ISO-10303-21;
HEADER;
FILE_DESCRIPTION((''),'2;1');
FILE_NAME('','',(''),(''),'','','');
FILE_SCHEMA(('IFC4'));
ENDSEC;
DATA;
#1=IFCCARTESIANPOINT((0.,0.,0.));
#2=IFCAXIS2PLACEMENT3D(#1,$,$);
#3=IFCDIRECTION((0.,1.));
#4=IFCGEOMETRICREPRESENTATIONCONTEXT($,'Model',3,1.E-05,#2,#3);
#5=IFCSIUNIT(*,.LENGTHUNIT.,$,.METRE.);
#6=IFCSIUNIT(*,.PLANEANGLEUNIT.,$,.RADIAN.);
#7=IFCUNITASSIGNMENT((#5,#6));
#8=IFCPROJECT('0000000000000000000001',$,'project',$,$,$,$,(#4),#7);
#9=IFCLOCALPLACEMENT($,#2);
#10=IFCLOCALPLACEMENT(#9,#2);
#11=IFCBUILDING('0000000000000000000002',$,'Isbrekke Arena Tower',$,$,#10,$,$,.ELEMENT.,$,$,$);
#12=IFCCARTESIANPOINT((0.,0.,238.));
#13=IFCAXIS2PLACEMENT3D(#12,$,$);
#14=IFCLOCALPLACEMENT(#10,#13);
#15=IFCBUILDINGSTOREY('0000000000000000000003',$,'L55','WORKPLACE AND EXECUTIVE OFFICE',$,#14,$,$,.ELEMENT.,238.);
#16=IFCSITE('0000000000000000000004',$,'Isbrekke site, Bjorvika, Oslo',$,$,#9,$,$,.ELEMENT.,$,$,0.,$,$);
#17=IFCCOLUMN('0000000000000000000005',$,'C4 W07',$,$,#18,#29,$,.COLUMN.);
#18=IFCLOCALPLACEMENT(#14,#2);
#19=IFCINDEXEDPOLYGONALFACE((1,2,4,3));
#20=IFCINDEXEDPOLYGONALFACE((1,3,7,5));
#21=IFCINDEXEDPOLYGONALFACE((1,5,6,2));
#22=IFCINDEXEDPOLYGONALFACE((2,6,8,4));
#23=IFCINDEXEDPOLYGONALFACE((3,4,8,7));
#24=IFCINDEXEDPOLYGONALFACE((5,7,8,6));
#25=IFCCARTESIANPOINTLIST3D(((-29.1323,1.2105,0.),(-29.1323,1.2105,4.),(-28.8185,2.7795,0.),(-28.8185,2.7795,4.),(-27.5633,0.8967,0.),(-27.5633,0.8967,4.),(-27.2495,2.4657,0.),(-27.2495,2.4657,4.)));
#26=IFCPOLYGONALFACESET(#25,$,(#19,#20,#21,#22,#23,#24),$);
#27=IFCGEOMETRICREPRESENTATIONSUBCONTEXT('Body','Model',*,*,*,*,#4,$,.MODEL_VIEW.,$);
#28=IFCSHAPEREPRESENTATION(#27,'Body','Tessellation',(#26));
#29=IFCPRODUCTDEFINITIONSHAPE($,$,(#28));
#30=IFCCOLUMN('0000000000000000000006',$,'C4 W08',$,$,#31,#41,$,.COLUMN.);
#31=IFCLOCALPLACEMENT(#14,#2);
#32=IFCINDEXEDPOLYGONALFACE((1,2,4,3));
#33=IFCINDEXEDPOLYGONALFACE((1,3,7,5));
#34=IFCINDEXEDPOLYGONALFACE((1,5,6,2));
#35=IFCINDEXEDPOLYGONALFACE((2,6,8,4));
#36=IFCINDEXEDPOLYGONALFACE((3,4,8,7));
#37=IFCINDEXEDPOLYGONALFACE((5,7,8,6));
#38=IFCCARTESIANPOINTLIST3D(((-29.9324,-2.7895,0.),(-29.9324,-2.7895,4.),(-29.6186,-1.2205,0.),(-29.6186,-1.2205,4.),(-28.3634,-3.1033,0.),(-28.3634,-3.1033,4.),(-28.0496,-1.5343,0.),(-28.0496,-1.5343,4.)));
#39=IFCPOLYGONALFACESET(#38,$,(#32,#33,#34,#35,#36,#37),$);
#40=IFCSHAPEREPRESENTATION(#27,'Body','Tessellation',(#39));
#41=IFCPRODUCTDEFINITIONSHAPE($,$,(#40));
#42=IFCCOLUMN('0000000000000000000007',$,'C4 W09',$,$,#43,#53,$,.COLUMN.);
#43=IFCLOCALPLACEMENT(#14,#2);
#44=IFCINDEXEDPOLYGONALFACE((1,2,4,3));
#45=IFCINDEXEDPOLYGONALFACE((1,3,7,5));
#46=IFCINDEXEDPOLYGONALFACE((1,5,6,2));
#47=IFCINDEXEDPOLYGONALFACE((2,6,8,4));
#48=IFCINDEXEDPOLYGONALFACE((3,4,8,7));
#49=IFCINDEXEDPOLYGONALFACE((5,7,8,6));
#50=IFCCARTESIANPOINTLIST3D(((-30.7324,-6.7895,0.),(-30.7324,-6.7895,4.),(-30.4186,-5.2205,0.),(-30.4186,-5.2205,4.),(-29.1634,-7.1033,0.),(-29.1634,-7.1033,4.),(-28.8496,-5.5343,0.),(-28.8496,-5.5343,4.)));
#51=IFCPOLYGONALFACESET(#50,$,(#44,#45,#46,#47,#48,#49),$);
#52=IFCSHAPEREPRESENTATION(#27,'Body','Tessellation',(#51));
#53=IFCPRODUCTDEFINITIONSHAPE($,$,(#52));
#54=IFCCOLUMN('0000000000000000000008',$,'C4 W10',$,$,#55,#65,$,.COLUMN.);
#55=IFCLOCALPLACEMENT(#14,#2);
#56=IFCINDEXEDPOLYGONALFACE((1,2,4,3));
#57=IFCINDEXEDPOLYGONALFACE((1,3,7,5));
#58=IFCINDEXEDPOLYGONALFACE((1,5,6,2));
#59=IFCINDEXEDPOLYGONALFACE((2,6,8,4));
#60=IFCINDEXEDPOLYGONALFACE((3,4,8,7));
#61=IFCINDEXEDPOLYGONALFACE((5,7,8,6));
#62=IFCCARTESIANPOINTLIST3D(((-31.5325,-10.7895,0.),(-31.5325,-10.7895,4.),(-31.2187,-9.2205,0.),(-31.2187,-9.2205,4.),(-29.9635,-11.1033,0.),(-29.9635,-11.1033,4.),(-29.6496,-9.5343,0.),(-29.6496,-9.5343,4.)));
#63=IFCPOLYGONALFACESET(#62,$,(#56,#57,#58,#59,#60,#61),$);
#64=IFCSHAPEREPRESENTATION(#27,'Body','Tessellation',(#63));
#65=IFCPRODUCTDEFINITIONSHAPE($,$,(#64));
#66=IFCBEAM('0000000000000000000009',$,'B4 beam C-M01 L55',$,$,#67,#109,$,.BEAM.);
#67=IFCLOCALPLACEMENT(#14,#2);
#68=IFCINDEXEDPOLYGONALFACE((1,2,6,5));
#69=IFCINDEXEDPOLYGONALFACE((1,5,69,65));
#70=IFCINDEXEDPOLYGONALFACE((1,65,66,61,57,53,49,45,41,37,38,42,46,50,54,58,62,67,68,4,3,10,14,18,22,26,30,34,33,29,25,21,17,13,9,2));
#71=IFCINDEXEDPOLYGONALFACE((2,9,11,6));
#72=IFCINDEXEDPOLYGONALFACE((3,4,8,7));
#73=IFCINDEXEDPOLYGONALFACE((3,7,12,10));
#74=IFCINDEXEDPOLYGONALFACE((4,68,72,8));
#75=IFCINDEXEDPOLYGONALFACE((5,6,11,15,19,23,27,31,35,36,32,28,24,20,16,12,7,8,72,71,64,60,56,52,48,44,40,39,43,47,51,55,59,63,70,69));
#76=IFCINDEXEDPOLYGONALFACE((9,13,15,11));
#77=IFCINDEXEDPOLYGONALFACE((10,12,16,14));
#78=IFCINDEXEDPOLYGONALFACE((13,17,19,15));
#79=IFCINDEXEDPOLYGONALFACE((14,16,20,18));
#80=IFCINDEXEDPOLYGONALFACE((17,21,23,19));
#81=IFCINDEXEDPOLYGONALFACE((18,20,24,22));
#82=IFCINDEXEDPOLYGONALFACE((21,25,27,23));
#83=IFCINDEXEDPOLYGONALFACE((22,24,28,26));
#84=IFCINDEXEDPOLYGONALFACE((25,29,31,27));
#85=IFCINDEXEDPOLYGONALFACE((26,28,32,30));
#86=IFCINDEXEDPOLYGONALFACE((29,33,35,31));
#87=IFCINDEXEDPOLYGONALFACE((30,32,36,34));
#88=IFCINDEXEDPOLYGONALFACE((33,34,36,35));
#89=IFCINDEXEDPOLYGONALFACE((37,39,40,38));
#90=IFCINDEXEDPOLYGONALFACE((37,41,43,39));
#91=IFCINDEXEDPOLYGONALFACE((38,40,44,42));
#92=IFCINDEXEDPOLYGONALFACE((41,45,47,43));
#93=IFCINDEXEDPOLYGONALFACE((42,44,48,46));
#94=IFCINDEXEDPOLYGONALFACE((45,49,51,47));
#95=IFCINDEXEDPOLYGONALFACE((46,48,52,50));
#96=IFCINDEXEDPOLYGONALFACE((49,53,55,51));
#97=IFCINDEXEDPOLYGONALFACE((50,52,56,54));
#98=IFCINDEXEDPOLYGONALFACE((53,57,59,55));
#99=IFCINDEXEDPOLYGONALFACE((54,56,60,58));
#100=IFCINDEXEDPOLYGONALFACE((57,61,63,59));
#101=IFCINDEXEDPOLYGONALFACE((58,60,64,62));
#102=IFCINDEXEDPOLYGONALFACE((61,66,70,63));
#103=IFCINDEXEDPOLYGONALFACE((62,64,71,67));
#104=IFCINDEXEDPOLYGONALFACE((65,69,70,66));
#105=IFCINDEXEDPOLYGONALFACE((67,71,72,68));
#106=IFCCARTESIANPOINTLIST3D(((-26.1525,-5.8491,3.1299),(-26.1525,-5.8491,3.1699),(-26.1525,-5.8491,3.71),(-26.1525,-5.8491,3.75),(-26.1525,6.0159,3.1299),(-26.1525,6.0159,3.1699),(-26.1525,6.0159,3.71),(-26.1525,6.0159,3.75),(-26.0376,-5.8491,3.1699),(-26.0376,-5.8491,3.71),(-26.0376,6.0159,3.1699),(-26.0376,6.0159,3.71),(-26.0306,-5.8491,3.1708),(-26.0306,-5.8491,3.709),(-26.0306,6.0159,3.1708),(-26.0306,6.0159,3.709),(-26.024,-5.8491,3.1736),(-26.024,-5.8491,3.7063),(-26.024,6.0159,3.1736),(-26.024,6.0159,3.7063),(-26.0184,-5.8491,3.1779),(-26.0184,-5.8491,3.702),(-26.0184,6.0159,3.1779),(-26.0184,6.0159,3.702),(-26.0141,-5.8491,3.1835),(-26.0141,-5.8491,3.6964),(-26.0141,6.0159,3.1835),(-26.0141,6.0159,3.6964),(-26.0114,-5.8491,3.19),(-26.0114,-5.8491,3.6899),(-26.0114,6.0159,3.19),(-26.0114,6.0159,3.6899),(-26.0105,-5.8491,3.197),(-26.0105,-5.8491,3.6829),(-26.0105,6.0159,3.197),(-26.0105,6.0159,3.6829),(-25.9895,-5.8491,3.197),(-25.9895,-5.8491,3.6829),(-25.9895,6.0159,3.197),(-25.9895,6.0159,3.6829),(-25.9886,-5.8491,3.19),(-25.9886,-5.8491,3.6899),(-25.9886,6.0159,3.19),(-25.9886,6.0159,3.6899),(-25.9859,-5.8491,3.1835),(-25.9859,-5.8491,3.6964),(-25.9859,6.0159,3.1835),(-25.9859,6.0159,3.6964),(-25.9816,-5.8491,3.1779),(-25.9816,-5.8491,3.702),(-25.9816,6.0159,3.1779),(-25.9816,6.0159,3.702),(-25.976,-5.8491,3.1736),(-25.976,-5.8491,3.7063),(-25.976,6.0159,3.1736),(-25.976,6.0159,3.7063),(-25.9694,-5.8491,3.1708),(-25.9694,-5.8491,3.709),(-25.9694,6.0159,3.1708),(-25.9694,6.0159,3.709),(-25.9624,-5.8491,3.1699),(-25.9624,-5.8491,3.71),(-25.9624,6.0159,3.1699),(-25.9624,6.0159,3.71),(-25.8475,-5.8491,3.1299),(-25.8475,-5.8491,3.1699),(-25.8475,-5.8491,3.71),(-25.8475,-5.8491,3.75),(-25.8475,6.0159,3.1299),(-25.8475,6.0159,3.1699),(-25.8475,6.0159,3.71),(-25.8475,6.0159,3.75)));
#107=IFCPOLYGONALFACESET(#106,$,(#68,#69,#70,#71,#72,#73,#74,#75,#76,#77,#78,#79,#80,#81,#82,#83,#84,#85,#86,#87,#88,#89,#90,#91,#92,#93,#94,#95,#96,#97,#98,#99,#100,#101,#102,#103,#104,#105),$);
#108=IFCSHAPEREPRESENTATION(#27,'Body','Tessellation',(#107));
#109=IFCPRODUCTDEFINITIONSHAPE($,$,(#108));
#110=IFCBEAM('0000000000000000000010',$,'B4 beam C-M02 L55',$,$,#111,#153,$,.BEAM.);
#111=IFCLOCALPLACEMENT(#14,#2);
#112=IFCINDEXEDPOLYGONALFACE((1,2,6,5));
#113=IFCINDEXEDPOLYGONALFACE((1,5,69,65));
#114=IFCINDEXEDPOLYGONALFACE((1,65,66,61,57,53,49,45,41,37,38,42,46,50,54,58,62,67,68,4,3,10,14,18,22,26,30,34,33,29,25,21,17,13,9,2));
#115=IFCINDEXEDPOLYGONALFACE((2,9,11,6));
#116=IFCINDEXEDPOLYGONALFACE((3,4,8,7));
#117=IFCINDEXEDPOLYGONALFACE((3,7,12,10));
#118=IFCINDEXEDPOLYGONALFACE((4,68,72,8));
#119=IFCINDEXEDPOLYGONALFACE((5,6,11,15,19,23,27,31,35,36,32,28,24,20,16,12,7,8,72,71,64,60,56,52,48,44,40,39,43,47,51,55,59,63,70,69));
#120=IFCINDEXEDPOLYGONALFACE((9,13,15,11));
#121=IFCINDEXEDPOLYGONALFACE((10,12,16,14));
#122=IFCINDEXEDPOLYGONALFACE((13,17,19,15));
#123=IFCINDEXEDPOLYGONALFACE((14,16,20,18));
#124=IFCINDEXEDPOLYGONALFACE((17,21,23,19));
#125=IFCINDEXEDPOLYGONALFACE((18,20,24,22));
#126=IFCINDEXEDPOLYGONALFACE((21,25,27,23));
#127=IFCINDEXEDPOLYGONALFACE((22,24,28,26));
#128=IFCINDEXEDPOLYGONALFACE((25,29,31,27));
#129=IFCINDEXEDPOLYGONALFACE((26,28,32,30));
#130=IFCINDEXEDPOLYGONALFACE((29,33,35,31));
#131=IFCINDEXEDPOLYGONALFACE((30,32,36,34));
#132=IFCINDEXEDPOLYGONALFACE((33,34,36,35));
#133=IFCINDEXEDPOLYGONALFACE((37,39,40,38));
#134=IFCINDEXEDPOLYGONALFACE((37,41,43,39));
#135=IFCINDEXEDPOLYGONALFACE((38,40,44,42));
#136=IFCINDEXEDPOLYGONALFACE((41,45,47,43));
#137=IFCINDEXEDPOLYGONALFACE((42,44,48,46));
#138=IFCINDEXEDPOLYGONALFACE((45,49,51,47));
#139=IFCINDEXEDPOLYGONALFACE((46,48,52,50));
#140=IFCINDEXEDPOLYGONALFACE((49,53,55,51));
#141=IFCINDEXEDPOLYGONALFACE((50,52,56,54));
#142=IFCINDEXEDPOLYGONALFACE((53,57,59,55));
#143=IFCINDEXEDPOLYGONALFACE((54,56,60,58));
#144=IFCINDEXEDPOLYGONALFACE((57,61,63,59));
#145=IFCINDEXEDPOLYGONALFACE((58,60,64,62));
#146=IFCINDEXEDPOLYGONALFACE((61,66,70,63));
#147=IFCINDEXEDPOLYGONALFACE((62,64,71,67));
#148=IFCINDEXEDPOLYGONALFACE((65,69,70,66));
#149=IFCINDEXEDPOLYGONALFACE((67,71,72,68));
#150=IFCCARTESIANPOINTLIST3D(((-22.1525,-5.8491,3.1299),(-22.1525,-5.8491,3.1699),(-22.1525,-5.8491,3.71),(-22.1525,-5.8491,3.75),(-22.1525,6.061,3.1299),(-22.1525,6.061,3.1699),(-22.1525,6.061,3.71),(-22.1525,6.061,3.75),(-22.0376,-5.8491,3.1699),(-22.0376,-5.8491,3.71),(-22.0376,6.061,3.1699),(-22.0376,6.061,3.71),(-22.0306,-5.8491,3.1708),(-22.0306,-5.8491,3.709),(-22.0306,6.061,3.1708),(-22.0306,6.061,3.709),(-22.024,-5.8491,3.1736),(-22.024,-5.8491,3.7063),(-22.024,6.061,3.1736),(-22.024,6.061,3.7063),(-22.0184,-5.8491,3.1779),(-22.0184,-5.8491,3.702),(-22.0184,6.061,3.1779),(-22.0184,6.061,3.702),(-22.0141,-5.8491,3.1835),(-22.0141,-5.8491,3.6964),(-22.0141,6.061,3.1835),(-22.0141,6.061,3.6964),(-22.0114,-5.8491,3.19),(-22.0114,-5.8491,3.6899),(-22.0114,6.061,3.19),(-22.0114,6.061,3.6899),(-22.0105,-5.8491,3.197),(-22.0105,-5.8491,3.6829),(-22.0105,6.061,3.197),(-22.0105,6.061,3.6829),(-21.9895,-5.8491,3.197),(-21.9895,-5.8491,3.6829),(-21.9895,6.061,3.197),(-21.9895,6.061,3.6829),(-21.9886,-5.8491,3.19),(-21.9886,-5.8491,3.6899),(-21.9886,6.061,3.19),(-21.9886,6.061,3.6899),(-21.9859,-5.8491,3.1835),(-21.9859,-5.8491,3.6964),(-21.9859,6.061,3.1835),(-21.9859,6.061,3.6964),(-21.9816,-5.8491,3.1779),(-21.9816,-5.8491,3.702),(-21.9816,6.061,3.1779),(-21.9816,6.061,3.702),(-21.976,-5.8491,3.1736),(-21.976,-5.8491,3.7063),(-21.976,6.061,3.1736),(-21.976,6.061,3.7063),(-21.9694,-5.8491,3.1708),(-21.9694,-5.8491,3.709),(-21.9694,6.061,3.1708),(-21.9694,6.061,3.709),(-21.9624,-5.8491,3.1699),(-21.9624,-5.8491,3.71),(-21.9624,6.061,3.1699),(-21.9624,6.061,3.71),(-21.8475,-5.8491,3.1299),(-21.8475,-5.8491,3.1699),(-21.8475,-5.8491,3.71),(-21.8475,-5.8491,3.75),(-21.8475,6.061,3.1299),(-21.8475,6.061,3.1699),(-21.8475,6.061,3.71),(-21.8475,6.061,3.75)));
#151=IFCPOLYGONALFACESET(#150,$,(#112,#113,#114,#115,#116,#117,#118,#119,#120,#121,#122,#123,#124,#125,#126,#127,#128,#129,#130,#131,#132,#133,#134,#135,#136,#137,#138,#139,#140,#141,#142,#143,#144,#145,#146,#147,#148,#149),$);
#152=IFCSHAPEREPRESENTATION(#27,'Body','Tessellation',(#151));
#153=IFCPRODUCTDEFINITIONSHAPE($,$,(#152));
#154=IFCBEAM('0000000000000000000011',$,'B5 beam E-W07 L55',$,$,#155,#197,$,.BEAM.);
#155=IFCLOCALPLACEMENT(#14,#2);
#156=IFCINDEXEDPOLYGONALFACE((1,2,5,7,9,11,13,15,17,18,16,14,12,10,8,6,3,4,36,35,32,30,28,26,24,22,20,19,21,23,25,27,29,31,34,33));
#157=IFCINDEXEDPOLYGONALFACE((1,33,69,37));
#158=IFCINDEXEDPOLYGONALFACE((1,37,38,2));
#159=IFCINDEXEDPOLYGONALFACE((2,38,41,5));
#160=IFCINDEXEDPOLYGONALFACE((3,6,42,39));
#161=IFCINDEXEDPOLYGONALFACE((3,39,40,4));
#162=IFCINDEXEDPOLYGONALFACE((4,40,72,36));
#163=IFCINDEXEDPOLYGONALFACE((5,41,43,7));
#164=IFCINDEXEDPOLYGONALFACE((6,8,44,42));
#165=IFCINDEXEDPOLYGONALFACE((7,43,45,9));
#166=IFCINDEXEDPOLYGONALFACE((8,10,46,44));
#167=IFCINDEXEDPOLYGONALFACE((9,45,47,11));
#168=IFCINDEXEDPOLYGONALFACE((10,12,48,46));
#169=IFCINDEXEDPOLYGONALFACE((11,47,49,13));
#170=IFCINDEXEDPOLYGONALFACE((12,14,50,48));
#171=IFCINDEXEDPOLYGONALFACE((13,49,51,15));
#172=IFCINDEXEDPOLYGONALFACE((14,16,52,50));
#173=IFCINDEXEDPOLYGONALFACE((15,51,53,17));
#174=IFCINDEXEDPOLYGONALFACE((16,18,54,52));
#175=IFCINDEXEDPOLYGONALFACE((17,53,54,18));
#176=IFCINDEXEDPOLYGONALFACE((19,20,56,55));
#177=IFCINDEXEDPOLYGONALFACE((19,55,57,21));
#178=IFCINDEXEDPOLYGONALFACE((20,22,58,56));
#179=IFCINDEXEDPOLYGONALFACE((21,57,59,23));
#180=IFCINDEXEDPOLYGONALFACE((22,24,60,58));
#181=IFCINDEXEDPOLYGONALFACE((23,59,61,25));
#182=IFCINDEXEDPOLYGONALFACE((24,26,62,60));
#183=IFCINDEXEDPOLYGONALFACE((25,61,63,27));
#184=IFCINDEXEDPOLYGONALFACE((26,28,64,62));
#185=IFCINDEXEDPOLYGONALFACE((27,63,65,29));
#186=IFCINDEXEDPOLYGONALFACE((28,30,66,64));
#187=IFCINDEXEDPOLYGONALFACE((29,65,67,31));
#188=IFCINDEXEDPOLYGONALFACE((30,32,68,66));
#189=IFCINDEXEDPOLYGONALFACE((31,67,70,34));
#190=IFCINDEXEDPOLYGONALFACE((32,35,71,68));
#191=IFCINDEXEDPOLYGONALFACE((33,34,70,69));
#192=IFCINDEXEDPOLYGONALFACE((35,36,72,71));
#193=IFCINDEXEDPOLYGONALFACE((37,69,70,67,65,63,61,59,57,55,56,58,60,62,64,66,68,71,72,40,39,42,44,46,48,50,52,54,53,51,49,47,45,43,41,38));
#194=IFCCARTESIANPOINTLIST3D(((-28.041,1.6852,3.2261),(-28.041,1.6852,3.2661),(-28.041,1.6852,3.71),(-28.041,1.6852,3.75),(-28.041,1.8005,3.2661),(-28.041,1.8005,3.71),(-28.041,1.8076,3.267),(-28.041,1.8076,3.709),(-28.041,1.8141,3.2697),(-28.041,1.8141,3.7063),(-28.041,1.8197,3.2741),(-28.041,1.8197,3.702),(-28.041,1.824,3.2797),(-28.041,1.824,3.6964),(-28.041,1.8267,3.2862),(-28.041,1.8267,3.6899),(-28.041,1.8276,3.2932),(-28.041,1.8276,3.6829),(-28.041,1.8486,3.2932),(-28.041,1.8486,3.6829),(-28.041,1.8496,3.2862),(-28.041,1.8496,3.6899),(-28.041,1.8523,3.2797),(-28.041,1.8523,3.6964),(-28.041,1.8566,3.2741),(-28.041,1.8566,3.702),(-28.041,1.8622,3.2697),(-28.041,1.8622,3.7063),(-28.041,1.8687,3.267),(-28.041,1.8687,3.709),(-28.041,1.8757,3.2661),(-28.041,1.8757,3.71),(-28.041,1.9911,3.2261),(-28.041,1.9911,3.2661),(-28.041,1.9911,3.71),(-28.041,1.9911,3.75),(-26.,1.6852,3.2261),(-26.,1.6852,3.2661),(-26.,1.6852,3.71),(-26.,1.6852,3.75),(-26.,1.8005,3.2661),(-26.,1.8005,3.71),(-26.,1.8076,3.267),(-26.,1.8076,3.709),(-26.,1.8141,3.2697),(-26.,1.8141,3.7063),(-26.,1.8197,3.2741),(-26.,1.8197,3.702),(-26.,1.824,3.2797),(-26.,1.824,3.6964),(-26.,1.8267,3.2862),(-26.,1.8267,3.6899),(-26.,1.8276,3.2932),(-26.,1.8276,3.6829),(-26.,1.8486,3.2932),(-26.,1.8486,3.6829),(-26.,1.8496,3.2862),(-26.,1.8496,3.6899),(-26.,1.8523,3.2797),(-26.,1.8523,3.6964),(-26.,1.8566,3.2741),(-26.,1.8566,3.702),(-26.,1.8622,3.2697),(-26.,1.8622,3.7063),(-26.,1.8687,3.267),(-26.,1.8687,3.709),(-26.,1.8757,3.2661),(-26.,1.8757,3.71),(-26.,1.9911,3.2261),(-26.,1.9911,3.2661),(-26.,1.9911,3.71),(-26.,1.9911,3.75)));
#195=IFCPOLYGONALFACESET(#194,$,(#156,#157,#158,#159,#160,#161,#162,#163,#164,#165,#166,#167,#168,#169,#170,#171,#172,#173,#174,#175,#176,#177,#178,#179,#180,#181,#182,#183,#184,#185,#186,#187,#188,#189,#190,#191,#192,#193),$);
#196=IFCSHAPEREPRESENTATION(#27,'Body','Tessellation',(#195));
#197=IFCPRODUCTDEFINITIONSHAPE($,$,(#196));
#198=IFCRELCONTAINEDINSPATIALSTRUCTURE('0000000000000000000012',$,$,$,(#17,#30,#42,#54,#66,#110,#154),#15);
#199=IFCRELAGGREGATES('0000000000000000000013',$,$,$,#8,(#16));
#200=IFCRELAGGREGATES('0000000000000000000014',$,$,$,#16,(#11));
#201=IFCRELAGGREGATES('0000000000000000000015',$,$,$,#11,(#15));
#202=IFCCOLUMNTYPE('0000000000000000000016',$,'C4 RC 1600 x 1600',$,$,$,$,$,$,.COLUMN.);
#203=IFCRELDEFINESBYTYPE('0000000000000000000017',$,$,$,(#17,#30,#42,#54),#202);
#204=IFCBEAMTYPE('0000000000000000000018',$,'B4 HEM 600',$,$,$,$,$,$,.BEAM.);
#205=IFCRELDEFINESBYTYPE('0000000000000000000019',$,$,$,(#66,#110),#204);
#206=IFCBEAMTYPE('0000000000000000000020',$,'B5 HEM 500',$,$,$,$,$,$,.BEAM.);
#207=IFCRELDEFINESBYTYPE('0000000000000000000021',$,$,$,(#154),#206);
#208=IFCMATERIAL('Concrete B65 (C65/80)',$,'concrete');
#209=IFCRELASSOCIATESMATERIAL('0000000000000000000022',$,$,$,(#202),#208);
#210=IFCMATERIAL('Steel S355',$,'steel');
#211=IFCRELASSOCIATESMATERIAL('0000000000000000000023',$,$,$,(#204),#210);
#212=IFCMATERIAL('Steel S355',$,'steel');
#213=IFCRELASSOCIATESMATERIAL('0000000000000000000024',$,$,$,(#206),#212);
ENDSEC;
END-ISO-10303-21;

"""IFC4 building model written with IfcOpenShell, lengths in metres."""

from ifc_helpers import new_model, si_unit, direction, frame, origin, origin_2d, place, context, subcontext, project, spatial, rectangle, i_section, extrude, material, material_profile, profile_set, type_object, element, save


model = new_model("IFC4")

# Units and contexts
model_context = context("Model", 3, precision=1e-05, world=origin(), true_north=direction((0.0, 1.0)))
body_context = subcontext(model_context, "Body", "Model", "MODEL_VIEW")
ifc_project = project(units=[si_unit("LENGTHUNIT", "METRE"), si_unit("PLANEANGLEUNIT", "RADIAN")], contexts=[model_context])

# Site, building, storey
site_placement = place(None, origin())
site = spatial("IfcSite", under=ifc_project, at=site_placement, Name="Isbrekke site, Bjorvika, Oslo", CompositionType="ELEMENT", RefElevation=0.0)
building_placement = place(site_placement, origin())
building = spatial("IfcBuilding", under=site, at=building_placement, Name="Isbrekke Arena Tower", CompositionType="ELEMENT")
storey_placement = place(building_placement, frame((0.0, 0.0, 238.0)))
storey = spatial("IfcBuildingStorey", under=building, at=storey_placement, Name="L55", Description="WORKPLACE AND EXECUTIVE OFFICE", CompositionType="ELEMENT", Elevation=238.0)

# Columns
ifc_material_1 = material(Name="Concrete B65 (C65/80)", Category="concrete")
ifc_material_profile_1 = material_profile(ifc_material_1, rectangle(XDim=1.6001, YDim=1.6001, at=origin_2d()), Name="RC 1600x1600")
ifc_profile_set_1 = profile_set([ifc_material_profile_1], Name="Concrete B65 (C65/80)")
column_type = type_object("IfcColumnType", Name="C4 RC 1600 x 1600", PredefinedType="COLUMN", material=ifc_profile_set_1)
for number, where, z_axis, x_axis, name in (
    (1, (-28.1909, 1.8381, 0.0), (0.0, 0.0, 1.0), (-0.196116, -0.980581, 0.0), "C4 W07"),
    (2, (-28.991, -2.1619, 0.0), (0.0, 0.0, 1.0), (-0.196116, -0.980581, 0.0), "C4 W08"),
    (3, (-29.791, -6.1619, 0.0), (0.0, 0.0, 1.0), (-0.196116, -0.980581, 0.0), "C4 W09"),
    (4, (-30.5911, -10.1619, 0.0), (0.0, 0.0, 1.0), (-0.196116, -0.980581, 0.0), "C4 W10"),
):
    element("IfcColumn", number, at=place(storey_placement, frame(where, z_axis=z_axis, x_axis=x_axis)), inside=storey, type_object=column_type, Name=name, PredefinedType="COLUMN", context=body_context, shape_type="SweptSolid", body=[
        extrude(rectangle(XDim=1.6001, YDim=1.6001, at=origin_2d()), origin(), (0.0, 0.0, 1.0), 4.0),
    ])

# Beams
ifc_material_2 = material(Name="Steel S355", Category="steel")
ifc_material_profile_2 = material_profile(ifc_material_2, i_section(OverallWidth=0.3049, OverallDepth=0.6201, WebThickness=0.021, FlangeThickness=0.04, FilletRadius=0.0271, at=origin_2d()), Name="HEM 600")
ifc_profile_set_2 = profile_set([ifc_material_profile_2], Name="Steel S355")
beam_type_1 = type_object("IfcBeamType", Name="B4 HEM 600", PredefinedType="BEAM", material=ifc_profile_set_2)
beam_1_placement = place(storey_placement, frame((-26.0, -5.8491, 3.4399), z_axis=(0.0, 1.0, 0.0), x_axis=(-1.0, 0.0, 0.0)))
element("IfcBeam", 5, at=beam_1_placement, inside=storey, type_object=beam_type_1, Name="B4 beam C-M01 L55", PredefinedType="BEAM", context=body_context, shape_type="SweptSolid", body=[
    extrude(i_section(OverallWidth=0.3049, OverallDepth=0.6201, WebThickness=0.021, FlangeThickness=0.04, FilletRadius=0.0271, at=origin_2d()), origin(), (0.0, 0.0, 1.0), 11.865),
])
beam_2_placement = place(storey_placement, frame((-22.0, -5.8491, 3.4399), z_axis=(0.0, 1.0, 0.0), x_axis=(-1.0, 0.0, 0.0)))
element("IfcBeam", 6, at=beam_2_placement, inside=storey, type_object=beam_type_1, Name="B4 beam C-M02 L55", PredefinedType="BEAM", context=body_context, shape_type="SweptSolid", body=[
    extrude(i_section(OverallWidth=0.3049, OverallDepth=0.6201, WebThickness=0.021, FlangeThickness=0.04, FilletRadius=0.0271, at=origin_2d()), origin(), (0.0, 0.0, 1.0), 11.9102),
])
ifc_material_3 = material(Name="Steel S355", Category="steel")
ifc_material_profile_3 = material_profile(ifc_material_3, i_section(OverallWidth=0.3059, OverallDepth=0.5239, WebThickness=0.021, FlangeThickness=0.04, FilletRadius=0.0271, at=origin_2d()), Name="HEM 500")
ifc_profile_set_3 = profile_set([ifc_material_profile_3], Name="Steel S355")
beam_type_2 = type_object("IfcBeamType", Name="B5 HEM 500", PredefinedType="BEAM", material=ifc_profile_set_3)
beam_3_placement = place(storey_placement, frame((-28.041, 1.8381, 3.488), z_axis=(1.0, 0.0, 0.0), x_axis=(0.0, 1.0, 0.0)))
element("IfcBeam", 7, at=beam_3_placement, inside=storey, type_object=beam_type_2, Name="B5 beam E-W07 L55", PredefinedType="BEAM", context=body_context, shape_type="SweptSolid", body=[
    extrude(i_section(OverallWidth=0.3059, OverallDepth=0.5239, WebThickness=0.021, FlangeThickness=0.04, FilletRadius=0.0271, at=origin_2d()), origin(), (0.0, 0.0, 1.0), 2.041),
])

save(model, "model.ifc")
